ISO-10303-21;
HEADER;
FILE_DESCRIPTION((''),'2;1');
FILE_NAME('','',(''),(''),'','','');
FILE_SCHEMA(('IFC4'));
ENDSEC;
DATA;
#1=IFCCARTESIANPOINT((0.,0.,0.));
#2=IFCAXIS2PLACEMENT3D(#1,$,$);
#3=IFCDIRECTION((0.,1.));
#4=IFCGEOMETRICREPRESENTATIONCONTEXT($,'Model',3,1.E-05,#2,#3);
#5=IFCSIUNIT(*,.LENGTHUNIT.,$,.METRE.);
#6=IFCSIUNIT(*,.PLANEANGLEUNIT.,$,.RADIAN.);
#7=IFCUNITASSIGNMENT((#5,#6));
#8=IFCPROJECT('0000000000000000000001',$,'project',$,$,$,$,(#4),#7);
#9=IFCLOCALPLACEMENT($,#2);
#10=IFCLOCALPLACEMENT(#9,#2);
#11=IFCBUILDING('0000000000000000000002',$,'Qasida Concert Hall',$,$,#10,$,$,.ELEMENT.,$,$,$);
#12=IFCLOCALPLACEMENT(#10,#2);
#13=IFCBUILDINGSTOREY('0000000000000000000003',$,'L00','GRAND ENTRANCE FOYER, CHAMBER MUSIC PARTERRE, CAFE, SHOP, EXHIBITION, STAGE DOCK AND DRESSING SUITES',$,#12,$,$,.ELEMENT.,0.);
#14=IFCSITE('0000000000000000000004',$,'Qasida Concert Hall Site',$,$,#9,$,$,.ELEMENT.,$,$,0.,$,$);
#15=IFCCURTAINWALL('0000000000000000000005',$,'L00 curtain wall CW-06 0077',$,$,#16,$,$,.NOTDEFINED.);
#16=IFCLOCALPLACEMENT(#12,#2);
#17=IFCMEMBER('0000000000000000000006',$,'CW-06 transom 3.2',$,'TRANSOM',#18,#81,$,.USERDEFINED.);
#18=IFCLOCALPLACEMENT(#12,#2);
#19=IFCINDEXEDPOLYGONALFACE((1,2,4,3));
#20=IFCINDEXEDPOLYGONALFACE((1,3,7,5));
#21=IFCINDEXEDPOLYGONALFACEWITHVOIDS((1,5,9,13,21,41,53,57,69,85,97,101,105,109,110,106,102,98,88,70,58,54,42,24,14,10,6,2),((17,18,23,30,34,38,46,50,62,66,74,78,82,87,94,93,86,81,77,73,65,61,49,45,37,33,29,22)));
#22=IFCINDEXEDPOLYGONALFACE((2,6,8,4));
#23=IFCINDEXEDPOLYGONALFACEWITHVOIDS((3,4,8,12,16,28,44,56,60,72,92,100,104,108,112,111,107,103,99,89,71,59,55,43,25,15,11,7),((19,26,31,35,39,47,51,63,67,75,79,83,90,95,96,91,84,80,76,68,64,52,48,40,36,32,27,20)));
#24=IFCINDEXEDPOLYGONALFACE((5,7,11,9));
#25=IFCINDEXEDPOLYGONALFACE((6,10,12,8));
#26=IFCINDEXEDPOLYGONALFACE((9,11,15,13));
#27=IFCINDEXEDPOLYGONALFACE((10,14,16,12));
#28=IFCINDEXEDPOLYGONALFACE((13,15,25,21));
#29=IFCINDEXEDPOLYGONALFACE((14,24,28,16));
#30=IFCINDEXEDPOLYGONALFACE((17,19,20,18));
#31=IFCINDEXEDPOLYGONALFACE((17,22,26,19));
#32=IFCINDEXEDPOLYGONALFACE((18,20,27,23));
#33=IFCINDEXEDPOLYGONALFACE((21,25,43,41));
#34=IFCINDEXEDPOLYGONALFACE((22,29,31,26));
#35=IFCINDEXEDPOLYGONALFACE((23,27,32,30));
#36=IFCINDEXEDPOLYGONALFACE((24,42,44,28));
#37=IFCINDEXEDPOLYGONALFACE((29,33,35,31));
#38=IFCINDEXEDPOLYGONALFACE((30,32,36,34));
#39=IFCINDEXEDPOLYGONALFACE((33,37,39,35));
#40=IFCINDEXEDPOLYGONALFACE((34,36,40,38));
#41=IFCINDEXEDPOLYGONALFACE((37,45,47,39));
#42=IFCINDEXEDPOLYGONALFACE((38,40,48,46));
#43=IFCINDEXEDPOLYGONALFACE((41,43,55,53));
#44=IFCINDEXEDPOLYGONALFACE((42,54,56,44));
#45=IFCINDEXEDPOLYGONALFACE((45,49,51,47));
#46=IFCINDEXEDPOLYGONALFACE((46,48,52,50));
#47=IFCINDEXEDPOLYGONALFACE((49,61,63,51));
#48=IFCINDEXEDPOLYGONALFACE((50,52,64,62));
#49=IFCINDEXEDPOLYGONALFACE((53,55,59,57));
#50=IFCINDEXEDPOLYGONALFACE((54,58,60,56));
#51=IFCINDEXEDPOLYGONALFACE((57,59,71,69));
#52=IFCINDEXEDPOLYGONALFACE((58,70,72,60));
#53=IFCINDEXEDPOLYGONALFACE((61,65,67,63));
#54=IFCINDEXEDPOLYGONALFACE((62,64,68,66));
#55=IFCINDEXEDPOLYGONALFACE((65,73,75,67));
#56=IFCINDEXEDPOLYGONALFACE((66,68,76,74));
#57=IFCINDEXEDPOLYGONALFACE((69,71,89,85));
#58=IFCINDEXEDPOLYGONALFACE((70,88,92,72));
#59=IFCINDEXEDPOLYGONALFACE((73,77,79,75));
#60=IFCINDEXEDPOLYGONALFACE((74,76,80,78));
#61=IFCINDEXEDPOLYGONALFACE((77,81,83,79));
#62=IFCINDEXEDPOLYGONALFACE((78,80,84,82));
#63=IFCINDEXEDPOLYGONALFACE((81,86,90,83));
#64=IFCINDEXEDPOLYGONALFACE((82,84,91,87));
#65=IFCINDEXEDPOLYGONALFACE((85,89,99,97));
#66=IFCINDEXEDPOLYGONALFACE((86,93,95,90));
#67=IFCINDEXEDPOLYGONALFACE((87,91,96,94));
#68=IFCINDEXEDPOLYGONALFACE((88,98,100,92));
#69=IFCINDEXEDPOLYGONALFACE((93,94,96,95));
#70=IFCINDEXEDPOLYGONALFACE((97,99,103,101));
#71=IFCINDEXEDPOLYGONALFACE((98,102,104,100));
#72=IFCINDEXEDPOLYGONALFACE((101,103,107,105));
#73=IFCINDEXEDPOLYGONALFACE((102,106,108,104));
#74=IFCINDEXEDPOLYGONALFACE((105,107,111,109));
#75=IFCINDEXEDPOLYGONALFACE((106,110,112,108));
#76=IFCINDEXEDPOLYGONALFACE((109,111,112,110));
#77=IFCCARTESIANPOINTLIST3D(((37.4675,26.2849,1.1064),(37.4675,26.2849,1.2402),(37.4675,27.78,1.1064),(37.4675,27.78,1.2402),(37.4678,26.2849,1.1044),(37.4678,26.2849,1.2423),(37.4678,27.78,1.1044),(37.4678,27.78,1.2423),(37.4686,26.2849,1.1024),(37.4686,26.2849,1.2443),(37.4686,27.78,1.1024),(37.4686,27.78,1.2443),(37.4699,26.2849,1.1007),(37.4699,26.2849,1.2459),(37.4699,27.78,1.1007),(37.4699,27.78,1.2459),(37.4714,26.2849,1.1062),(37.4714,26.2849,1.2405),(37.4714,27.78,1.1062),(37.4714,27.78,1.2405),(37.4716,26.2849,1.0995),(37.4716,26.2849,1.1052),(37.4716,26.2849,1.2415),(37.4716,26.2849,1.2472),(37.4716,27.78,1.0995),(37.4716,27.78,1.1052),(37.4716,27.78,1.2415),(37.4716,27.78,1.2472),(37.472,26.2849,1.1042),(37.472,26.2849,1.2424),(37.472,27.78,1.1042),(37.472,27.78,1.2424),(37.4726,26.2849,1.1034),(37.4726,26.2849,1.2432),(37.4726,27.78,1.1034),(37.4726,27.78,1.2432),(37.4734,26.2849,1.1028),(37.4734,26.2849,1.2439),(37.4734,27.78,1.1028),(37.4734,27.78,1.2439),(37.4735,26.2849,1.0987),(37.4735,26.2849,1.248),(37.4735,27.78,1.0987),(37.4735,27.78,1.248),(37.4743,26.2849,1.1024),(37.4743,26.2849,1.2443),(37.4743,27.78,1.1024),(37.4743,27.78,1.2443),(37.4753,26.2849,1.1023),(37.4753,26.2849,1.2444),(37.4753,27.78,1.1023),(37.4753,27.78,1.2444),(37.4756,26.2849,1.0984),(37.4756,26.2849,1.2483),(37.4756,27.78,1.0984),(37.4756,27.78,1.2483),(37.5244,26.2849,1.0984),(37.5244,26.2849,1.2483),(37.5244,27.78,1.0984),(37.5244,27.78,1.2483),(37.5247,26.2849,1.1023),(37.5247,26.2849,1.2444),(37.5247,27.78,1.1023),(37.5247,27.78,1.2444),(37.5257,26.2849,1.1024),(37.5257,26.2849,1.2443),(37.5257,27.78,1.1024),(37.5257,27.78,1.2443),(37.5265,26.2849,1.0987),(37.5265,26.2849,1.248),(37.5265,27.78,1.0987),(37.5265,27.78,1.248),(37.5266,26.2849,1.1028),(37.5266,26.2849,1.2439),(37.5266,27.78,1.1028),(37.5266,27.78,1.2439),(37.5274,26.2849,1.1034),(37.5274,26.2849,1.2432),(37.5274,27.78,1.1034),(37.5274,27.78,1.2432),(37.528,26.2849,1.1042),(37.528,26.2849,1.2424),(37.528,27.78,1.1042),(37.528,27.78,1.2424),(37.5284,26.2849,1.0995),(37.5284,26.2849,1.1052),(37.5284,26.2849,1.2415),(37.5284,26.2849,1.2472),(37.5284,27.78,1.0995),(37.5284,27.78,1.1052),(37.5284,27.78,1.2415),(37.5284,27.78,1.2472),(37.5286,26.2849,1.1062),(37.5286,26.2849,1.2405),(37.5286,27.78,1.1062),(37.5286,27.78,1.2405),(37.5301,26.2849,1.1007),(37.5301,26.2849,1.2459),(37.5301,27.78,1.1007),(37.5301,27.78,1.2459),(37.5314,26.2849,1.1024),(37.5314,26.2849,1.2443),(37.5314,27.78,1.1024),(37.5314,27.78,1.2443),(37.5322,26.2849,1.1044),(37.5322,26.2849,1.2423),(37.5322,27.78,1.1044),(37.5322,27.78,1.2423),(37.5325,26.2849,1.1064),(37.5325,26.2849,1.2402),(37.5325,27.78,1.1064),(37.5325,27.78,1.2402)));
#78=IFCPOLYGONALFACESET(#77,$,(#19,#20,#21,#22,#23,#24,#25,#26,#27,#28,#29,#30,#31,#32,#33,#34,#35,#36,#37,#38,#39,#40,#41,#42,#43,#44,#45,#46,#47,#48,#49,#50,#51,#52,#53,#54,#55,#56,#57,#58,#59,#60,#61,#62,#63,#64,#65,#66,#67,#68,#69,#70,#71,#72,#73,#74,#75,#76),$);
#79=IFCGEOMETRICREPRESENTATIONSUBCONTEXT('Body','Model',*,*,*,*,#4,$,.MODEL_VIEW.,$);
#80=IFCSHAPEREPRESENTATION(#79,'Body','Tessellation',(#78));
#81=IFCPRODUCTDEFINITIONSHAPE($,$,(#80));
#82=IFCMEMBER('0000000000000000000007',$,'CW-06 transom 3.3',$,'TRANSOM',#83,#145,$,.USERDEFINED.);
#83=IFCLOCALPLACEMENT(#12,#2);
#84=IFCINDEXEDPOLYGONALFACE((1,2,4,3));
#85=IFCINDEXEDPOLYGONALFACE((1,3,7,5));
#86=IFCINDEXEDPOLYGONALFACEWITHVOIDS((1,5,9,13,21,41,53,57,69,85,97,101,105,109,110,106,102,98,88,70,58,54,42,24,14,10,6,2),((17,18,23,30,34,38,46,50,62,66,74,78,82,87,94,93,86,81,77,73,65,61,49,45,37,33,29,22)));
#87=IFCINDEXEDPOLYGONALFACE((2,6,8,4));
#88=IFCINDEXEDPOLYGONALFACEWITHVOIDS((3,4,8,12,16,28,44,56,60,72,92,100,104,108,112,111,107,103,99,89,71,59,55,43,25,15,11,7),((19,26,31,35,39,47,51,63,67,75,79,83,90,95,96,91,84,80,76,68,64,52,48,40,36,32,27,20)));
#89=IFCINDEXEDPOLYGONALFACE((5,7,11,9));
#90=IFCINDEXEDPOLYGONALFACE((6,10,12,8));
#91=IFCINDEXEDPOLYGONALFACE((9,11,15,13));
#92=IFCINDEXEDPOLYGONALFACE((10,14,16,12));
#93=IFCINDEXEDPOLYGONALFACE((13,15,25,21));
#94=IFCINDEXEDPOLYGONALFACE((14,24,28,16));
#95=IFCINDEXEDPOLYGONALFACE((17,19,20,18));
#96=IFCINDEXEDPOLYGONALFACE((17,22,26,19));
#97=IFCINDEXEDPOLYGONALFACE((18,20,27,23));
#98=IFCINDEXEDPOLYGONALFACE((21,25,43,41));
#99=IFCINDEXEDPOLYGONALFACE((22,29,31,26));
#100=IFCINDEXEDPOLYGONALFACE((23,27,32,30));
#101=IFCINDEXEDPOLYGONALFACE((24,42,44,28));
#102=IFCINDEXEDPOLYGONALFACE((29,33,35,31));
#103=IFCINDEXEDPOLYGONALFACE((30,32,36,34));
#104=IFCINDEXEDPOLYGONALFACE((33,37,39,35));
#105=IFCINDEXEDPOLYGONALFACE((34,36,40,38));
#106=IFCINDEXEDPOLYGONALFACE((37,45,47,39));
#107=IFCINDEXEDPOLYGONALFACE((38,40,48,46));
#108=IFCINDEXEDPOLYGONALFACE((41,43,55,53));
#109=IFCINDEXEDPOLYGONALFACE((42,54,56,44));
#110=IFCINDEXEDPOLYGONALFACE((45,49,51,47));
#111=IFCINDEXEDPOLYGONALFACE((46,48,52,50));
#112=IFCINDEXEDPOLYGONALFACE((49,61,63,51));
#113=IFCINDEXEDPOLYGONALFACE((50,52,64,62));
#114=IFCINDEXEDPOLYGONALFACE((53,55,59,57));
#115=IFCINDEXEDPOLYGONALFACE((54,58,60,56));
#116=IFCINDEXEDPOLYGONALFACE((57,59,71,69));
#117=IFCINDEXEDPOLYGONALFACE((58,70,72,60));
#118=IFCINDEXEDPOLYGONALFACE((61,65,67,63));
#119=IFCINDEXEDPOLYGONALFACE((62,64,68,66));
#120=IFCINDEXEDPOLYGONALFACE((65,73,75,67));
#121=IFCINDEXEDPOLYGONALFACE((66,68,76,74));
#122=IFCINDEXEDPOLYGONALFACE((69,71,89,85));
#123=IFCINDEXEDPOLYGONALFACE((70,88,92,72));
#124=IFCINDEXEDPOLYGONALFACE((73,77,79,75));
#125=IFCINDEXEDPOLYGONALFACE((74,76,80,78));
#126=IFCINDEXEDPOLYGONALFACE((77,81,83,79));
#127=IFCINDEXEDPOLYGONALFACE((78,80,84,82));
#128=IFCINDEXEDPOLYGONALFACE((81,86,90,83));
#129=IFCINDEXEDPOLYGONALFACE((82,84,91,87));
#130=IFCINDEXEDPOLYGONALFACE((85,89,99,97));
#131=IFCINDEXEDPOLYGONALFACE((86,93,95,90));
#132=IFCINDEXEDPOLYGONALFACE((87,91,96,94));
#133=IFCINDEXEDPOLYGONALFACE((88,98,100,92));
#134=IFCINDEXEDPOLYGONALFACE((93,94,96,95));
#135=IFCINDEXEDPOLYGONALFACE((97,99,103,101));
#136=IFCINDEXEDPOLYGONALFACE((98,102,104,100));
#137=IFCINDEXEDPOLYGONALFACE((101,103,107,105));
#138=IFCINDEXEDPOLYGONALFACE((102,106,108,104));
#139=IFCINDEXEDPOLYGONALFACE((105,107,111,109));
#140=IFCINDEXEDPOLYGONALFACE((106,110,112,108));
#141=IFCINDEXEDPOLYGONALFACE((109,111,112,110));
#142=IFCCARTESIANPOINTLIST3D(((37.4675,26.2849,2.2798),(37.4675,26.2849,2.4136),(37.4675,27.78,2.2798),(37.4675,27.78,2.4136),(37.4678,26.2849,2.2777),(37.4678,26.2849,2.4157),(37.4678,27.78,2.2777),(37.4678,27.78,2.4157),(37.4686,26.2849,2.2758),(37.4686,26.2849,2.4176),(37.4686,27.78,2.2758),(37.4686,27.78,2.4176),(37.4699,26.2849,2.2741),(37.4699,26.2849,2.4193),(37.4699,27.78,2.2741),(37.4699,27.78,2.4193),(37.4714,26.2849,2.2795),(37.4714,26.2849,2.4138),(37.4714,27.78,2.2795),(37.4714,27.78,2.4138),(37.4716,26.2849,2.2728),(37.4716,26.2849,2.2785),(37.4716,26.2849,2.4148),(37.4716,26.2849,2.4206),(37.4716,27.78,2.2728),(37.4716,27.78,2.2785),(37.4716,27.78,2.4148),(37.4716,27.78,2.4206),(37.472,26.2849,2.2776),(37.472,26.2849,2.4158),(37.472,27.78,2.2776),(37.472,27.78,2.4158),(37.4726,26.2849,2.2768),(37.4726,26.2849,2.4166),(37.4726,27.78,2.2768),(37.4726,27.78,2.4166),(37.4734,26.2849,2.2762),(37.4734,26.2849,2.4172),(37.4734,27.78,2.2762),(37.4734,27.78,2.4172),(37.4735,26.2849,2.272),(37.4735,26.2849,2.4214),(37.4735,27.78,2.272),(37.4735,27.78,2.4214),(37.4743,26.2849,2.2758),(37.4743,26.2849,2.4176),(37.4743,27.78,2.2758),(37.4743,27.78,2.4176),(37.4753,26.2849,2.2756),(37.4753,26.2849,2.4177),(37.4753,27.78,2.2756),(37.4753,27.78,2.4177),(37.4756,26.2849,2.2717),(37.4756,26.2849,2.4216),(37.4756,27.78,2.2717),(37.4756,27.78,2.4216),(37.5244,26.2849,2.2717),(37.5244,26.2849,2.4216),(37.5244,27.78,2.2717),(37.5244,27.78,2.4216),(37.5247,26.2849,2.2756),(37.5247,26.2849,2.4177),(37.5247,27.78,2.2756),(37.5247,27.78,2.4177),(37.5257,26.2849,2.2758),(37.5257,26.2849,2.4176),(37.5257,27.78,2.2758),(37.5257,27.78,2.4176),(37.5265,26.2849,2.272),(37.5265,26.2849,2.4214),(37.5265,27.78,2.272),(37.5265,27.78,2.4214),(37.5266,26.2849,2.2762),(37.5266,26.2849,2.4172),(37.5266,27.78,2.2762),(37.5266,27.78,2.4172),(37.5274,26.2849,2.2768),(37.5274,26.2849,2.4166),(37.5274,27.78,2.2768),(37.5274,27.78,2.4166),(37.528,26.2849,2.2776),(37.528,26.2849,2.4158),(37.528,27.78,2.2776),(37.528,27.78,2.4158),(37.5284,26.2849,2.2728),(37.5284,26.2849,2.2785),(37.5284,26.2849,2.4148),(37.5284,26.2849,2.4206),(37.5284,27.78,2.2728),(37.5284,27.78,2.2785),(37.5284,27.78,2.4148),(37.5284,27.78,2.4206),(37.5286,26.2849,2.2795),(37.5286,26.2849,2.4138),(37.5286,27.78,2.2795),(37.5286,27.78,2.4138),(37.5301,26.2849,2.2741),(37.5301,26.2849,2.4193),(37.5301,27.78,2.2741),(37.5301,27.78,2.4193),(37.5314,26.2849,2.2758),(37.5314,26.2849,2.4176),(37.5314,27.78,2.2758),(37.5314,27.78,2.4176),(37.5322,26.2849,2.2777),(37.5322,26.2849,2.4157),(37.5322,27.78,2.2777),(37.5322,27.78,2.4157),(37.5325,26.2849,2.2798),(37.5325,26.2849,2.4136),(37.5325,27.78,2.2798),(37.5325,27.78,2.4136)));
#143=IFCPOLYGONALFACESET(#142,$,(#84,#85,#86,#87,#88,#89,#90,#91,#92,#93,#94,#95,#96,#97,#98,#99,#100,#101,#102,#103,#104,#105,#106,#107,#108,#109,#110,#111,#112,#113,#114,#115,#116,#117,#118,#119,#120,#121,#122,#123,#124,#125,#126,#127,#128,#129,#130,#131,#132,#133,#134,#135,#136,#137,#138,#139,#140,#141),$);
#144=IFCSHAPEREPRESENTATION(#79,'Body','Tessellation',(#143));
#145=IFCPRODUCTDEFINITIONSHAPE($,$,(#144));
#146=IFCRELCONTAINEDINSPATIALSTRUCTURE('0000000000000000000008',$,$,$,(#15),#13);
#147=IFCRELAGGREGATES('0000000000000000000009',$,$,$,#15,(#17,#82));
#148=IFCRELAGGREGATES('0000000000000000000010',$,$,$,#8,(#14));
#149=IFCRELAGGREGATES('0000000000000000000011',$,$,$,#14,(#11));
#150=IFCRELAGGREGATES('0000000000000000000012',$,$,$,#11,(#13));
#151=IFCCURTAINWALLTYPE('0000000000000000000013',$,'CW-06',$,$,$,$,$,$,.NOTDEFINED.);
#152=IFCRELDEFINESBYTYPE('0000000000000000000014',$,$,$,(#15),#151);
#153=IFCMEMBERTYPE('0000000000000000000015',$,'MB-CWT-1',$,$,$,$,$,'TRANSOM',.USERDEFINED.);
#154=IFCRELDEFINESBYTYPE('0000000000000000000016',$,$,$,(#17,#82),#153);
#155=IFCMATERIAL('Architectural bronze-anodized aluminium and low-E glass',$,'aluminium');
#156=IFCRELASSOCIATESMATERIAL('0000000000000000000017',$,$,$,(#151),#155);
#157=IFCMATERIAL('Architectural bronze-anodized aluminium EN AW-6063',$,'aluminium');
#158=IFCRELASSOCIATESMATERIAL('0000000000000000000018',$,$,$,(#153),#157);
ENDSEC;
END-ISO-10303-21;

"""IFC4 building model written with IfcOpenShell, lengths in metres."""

from ifc_helpers import new_model, si_unit, direction, frame, origin, origin_2d, place, context, subcontext, project, spatial, hollow_rectangle, extrude, material, material_profile, profile_set, type_object, element, aggregate, save


model = new_model("IFC4")

# Units and contexts
model_context = context("Model", 3, precision=1e-05, world=origin(), true_north=direction((0.0, 1.0)))
body_context = subcontext(model_context, "Body", "Model", "MODEL_VIEW")
ifc_project = project(units=[si_unit("LENGTHUNIT", "METRE"), si_unit("PLANEANGLEUNIT", "RADIAN")], contexts=[model_context])

# Site, building, storey
site_placement = place(None, origin())
site = spatial("IfcSite", under=ifc_project, at=site_placement, Name="Qasida Concert Hall Site", CompositionType="ELEMENT", RefElevation=0.0)
building_placement = place(site_placement, origin())
building = spatial("IfcBuilding", under=site, at=building_placement, Name="Qasida Concert Hall", CompositionType="ELEMENT")
storey_placement = place(building_placement, origin())
storey = spatial("IfcBuildingStorey", under=building, at=storey_placement, Name="L00", Description="GRAND ENTRANCE FOYER, CHAMBER MUSIC PARTERRE, CAFE, SHOP, EXHIBITION, STAGE DOCK AND DRESSING SUITES", CompositionType="ELEMENT", Elevation=0.0)

# Curtain wall
ifc_material_1 = material(Name="Architectural bronze-anodized aluminium and low-E glass", Category="aluminium")
curtain_wall_type_1 = type_object("IfcCurtainWallType", Name="CW-06", PredefinedType="NOTDEFINED", material=ifc_material_1)
curtain_wall_1_placement = place(storey_placement, origin())
curtain_wall_1 = element("IfcCurtainWall", 1, at=curtain_wall_1_placement, inside=storey, type_object=curtain_wall_type_1, Name="L00 curtain wall CW-06 0077", PredefinedType="NOTDEFINED")
ifc_material_2 = material(Name="Architectural bronze-anodized aluminium EN AW-6063", Category="aluminium")

# Members
ifc_material_profile_1 = material_profile(ifc_material_2, hollow_rectangle(XDim=0.0649, YDim=0.1499, WallThickness=0.0039, InnerFilletRadius=0.0039, OuterFilletRadius=0.0081, at=origin_2d()), Name="CWT 150x65x4")
ifc_profile_set_1 = profile_set([ifc_material_profile_1], Name="Architectural bronze-anodized aluminium EN AW-6063")
member_type_1 = type_object("IfcMemberType", Name="MB-CWT-1", ElementType="TRANSOM", PredefinedType="USERDEFINED", material=ifc_profile_set_1)
member_1_placement = place(storey_placement, frame((37.5, 26.2849, 1.1733), z_axis=(0.0, 1.0, 0.0), x_axis=(-1.0, 0.0, 0.0)))
member_1 = element("IfcMember", 2, at=member_1_placement, type_object=member_type_1, Name="CW-06 transom 3.2", ObjectType="TRANSOM", PredefinedType="USERDEFINED", context=body_context, shape_type="SweptSolid", body=[
    extrude(hollow_rectangle(XDim=0.0649, YDim=0.1499, WallThickness=0.0039, InnerFilletRadius=0.0039, OuterFilletRadius=0.0081, at=origin_2d()), origin(), (0.0, 0.0, 1.0), 1.4951),
])
member_2_placement = place(storey_placement, frame((37.5, 26.2849, 2.3467), z_axis=(0.0, 1.0, 0.0), x_axis=(-1.0, 0.0, 0.0)))
member_2 = element("IfcMember", 3, at=member_2_placement, type_object=member_type_1, Name="CW-06 transom 3.3", ObjectType="TRANSOM", PredefinedType="USERDEFINED", context=body_context, shape_type="SweptSolid", body=[
    extrude(hollow_rectangle(XDim=0.0649, YDim=0.1499, WallThickness=0.0039, InnerFilletRadius=0.0039, OuterFilletRadius=0.0081, at=origin_2d()), origin(), (0.0, 0.0, 1.0), 1.4951),
])

aggregate(curtain_wall_1, [member_1, member_2])

save(model, "model.ifc")
